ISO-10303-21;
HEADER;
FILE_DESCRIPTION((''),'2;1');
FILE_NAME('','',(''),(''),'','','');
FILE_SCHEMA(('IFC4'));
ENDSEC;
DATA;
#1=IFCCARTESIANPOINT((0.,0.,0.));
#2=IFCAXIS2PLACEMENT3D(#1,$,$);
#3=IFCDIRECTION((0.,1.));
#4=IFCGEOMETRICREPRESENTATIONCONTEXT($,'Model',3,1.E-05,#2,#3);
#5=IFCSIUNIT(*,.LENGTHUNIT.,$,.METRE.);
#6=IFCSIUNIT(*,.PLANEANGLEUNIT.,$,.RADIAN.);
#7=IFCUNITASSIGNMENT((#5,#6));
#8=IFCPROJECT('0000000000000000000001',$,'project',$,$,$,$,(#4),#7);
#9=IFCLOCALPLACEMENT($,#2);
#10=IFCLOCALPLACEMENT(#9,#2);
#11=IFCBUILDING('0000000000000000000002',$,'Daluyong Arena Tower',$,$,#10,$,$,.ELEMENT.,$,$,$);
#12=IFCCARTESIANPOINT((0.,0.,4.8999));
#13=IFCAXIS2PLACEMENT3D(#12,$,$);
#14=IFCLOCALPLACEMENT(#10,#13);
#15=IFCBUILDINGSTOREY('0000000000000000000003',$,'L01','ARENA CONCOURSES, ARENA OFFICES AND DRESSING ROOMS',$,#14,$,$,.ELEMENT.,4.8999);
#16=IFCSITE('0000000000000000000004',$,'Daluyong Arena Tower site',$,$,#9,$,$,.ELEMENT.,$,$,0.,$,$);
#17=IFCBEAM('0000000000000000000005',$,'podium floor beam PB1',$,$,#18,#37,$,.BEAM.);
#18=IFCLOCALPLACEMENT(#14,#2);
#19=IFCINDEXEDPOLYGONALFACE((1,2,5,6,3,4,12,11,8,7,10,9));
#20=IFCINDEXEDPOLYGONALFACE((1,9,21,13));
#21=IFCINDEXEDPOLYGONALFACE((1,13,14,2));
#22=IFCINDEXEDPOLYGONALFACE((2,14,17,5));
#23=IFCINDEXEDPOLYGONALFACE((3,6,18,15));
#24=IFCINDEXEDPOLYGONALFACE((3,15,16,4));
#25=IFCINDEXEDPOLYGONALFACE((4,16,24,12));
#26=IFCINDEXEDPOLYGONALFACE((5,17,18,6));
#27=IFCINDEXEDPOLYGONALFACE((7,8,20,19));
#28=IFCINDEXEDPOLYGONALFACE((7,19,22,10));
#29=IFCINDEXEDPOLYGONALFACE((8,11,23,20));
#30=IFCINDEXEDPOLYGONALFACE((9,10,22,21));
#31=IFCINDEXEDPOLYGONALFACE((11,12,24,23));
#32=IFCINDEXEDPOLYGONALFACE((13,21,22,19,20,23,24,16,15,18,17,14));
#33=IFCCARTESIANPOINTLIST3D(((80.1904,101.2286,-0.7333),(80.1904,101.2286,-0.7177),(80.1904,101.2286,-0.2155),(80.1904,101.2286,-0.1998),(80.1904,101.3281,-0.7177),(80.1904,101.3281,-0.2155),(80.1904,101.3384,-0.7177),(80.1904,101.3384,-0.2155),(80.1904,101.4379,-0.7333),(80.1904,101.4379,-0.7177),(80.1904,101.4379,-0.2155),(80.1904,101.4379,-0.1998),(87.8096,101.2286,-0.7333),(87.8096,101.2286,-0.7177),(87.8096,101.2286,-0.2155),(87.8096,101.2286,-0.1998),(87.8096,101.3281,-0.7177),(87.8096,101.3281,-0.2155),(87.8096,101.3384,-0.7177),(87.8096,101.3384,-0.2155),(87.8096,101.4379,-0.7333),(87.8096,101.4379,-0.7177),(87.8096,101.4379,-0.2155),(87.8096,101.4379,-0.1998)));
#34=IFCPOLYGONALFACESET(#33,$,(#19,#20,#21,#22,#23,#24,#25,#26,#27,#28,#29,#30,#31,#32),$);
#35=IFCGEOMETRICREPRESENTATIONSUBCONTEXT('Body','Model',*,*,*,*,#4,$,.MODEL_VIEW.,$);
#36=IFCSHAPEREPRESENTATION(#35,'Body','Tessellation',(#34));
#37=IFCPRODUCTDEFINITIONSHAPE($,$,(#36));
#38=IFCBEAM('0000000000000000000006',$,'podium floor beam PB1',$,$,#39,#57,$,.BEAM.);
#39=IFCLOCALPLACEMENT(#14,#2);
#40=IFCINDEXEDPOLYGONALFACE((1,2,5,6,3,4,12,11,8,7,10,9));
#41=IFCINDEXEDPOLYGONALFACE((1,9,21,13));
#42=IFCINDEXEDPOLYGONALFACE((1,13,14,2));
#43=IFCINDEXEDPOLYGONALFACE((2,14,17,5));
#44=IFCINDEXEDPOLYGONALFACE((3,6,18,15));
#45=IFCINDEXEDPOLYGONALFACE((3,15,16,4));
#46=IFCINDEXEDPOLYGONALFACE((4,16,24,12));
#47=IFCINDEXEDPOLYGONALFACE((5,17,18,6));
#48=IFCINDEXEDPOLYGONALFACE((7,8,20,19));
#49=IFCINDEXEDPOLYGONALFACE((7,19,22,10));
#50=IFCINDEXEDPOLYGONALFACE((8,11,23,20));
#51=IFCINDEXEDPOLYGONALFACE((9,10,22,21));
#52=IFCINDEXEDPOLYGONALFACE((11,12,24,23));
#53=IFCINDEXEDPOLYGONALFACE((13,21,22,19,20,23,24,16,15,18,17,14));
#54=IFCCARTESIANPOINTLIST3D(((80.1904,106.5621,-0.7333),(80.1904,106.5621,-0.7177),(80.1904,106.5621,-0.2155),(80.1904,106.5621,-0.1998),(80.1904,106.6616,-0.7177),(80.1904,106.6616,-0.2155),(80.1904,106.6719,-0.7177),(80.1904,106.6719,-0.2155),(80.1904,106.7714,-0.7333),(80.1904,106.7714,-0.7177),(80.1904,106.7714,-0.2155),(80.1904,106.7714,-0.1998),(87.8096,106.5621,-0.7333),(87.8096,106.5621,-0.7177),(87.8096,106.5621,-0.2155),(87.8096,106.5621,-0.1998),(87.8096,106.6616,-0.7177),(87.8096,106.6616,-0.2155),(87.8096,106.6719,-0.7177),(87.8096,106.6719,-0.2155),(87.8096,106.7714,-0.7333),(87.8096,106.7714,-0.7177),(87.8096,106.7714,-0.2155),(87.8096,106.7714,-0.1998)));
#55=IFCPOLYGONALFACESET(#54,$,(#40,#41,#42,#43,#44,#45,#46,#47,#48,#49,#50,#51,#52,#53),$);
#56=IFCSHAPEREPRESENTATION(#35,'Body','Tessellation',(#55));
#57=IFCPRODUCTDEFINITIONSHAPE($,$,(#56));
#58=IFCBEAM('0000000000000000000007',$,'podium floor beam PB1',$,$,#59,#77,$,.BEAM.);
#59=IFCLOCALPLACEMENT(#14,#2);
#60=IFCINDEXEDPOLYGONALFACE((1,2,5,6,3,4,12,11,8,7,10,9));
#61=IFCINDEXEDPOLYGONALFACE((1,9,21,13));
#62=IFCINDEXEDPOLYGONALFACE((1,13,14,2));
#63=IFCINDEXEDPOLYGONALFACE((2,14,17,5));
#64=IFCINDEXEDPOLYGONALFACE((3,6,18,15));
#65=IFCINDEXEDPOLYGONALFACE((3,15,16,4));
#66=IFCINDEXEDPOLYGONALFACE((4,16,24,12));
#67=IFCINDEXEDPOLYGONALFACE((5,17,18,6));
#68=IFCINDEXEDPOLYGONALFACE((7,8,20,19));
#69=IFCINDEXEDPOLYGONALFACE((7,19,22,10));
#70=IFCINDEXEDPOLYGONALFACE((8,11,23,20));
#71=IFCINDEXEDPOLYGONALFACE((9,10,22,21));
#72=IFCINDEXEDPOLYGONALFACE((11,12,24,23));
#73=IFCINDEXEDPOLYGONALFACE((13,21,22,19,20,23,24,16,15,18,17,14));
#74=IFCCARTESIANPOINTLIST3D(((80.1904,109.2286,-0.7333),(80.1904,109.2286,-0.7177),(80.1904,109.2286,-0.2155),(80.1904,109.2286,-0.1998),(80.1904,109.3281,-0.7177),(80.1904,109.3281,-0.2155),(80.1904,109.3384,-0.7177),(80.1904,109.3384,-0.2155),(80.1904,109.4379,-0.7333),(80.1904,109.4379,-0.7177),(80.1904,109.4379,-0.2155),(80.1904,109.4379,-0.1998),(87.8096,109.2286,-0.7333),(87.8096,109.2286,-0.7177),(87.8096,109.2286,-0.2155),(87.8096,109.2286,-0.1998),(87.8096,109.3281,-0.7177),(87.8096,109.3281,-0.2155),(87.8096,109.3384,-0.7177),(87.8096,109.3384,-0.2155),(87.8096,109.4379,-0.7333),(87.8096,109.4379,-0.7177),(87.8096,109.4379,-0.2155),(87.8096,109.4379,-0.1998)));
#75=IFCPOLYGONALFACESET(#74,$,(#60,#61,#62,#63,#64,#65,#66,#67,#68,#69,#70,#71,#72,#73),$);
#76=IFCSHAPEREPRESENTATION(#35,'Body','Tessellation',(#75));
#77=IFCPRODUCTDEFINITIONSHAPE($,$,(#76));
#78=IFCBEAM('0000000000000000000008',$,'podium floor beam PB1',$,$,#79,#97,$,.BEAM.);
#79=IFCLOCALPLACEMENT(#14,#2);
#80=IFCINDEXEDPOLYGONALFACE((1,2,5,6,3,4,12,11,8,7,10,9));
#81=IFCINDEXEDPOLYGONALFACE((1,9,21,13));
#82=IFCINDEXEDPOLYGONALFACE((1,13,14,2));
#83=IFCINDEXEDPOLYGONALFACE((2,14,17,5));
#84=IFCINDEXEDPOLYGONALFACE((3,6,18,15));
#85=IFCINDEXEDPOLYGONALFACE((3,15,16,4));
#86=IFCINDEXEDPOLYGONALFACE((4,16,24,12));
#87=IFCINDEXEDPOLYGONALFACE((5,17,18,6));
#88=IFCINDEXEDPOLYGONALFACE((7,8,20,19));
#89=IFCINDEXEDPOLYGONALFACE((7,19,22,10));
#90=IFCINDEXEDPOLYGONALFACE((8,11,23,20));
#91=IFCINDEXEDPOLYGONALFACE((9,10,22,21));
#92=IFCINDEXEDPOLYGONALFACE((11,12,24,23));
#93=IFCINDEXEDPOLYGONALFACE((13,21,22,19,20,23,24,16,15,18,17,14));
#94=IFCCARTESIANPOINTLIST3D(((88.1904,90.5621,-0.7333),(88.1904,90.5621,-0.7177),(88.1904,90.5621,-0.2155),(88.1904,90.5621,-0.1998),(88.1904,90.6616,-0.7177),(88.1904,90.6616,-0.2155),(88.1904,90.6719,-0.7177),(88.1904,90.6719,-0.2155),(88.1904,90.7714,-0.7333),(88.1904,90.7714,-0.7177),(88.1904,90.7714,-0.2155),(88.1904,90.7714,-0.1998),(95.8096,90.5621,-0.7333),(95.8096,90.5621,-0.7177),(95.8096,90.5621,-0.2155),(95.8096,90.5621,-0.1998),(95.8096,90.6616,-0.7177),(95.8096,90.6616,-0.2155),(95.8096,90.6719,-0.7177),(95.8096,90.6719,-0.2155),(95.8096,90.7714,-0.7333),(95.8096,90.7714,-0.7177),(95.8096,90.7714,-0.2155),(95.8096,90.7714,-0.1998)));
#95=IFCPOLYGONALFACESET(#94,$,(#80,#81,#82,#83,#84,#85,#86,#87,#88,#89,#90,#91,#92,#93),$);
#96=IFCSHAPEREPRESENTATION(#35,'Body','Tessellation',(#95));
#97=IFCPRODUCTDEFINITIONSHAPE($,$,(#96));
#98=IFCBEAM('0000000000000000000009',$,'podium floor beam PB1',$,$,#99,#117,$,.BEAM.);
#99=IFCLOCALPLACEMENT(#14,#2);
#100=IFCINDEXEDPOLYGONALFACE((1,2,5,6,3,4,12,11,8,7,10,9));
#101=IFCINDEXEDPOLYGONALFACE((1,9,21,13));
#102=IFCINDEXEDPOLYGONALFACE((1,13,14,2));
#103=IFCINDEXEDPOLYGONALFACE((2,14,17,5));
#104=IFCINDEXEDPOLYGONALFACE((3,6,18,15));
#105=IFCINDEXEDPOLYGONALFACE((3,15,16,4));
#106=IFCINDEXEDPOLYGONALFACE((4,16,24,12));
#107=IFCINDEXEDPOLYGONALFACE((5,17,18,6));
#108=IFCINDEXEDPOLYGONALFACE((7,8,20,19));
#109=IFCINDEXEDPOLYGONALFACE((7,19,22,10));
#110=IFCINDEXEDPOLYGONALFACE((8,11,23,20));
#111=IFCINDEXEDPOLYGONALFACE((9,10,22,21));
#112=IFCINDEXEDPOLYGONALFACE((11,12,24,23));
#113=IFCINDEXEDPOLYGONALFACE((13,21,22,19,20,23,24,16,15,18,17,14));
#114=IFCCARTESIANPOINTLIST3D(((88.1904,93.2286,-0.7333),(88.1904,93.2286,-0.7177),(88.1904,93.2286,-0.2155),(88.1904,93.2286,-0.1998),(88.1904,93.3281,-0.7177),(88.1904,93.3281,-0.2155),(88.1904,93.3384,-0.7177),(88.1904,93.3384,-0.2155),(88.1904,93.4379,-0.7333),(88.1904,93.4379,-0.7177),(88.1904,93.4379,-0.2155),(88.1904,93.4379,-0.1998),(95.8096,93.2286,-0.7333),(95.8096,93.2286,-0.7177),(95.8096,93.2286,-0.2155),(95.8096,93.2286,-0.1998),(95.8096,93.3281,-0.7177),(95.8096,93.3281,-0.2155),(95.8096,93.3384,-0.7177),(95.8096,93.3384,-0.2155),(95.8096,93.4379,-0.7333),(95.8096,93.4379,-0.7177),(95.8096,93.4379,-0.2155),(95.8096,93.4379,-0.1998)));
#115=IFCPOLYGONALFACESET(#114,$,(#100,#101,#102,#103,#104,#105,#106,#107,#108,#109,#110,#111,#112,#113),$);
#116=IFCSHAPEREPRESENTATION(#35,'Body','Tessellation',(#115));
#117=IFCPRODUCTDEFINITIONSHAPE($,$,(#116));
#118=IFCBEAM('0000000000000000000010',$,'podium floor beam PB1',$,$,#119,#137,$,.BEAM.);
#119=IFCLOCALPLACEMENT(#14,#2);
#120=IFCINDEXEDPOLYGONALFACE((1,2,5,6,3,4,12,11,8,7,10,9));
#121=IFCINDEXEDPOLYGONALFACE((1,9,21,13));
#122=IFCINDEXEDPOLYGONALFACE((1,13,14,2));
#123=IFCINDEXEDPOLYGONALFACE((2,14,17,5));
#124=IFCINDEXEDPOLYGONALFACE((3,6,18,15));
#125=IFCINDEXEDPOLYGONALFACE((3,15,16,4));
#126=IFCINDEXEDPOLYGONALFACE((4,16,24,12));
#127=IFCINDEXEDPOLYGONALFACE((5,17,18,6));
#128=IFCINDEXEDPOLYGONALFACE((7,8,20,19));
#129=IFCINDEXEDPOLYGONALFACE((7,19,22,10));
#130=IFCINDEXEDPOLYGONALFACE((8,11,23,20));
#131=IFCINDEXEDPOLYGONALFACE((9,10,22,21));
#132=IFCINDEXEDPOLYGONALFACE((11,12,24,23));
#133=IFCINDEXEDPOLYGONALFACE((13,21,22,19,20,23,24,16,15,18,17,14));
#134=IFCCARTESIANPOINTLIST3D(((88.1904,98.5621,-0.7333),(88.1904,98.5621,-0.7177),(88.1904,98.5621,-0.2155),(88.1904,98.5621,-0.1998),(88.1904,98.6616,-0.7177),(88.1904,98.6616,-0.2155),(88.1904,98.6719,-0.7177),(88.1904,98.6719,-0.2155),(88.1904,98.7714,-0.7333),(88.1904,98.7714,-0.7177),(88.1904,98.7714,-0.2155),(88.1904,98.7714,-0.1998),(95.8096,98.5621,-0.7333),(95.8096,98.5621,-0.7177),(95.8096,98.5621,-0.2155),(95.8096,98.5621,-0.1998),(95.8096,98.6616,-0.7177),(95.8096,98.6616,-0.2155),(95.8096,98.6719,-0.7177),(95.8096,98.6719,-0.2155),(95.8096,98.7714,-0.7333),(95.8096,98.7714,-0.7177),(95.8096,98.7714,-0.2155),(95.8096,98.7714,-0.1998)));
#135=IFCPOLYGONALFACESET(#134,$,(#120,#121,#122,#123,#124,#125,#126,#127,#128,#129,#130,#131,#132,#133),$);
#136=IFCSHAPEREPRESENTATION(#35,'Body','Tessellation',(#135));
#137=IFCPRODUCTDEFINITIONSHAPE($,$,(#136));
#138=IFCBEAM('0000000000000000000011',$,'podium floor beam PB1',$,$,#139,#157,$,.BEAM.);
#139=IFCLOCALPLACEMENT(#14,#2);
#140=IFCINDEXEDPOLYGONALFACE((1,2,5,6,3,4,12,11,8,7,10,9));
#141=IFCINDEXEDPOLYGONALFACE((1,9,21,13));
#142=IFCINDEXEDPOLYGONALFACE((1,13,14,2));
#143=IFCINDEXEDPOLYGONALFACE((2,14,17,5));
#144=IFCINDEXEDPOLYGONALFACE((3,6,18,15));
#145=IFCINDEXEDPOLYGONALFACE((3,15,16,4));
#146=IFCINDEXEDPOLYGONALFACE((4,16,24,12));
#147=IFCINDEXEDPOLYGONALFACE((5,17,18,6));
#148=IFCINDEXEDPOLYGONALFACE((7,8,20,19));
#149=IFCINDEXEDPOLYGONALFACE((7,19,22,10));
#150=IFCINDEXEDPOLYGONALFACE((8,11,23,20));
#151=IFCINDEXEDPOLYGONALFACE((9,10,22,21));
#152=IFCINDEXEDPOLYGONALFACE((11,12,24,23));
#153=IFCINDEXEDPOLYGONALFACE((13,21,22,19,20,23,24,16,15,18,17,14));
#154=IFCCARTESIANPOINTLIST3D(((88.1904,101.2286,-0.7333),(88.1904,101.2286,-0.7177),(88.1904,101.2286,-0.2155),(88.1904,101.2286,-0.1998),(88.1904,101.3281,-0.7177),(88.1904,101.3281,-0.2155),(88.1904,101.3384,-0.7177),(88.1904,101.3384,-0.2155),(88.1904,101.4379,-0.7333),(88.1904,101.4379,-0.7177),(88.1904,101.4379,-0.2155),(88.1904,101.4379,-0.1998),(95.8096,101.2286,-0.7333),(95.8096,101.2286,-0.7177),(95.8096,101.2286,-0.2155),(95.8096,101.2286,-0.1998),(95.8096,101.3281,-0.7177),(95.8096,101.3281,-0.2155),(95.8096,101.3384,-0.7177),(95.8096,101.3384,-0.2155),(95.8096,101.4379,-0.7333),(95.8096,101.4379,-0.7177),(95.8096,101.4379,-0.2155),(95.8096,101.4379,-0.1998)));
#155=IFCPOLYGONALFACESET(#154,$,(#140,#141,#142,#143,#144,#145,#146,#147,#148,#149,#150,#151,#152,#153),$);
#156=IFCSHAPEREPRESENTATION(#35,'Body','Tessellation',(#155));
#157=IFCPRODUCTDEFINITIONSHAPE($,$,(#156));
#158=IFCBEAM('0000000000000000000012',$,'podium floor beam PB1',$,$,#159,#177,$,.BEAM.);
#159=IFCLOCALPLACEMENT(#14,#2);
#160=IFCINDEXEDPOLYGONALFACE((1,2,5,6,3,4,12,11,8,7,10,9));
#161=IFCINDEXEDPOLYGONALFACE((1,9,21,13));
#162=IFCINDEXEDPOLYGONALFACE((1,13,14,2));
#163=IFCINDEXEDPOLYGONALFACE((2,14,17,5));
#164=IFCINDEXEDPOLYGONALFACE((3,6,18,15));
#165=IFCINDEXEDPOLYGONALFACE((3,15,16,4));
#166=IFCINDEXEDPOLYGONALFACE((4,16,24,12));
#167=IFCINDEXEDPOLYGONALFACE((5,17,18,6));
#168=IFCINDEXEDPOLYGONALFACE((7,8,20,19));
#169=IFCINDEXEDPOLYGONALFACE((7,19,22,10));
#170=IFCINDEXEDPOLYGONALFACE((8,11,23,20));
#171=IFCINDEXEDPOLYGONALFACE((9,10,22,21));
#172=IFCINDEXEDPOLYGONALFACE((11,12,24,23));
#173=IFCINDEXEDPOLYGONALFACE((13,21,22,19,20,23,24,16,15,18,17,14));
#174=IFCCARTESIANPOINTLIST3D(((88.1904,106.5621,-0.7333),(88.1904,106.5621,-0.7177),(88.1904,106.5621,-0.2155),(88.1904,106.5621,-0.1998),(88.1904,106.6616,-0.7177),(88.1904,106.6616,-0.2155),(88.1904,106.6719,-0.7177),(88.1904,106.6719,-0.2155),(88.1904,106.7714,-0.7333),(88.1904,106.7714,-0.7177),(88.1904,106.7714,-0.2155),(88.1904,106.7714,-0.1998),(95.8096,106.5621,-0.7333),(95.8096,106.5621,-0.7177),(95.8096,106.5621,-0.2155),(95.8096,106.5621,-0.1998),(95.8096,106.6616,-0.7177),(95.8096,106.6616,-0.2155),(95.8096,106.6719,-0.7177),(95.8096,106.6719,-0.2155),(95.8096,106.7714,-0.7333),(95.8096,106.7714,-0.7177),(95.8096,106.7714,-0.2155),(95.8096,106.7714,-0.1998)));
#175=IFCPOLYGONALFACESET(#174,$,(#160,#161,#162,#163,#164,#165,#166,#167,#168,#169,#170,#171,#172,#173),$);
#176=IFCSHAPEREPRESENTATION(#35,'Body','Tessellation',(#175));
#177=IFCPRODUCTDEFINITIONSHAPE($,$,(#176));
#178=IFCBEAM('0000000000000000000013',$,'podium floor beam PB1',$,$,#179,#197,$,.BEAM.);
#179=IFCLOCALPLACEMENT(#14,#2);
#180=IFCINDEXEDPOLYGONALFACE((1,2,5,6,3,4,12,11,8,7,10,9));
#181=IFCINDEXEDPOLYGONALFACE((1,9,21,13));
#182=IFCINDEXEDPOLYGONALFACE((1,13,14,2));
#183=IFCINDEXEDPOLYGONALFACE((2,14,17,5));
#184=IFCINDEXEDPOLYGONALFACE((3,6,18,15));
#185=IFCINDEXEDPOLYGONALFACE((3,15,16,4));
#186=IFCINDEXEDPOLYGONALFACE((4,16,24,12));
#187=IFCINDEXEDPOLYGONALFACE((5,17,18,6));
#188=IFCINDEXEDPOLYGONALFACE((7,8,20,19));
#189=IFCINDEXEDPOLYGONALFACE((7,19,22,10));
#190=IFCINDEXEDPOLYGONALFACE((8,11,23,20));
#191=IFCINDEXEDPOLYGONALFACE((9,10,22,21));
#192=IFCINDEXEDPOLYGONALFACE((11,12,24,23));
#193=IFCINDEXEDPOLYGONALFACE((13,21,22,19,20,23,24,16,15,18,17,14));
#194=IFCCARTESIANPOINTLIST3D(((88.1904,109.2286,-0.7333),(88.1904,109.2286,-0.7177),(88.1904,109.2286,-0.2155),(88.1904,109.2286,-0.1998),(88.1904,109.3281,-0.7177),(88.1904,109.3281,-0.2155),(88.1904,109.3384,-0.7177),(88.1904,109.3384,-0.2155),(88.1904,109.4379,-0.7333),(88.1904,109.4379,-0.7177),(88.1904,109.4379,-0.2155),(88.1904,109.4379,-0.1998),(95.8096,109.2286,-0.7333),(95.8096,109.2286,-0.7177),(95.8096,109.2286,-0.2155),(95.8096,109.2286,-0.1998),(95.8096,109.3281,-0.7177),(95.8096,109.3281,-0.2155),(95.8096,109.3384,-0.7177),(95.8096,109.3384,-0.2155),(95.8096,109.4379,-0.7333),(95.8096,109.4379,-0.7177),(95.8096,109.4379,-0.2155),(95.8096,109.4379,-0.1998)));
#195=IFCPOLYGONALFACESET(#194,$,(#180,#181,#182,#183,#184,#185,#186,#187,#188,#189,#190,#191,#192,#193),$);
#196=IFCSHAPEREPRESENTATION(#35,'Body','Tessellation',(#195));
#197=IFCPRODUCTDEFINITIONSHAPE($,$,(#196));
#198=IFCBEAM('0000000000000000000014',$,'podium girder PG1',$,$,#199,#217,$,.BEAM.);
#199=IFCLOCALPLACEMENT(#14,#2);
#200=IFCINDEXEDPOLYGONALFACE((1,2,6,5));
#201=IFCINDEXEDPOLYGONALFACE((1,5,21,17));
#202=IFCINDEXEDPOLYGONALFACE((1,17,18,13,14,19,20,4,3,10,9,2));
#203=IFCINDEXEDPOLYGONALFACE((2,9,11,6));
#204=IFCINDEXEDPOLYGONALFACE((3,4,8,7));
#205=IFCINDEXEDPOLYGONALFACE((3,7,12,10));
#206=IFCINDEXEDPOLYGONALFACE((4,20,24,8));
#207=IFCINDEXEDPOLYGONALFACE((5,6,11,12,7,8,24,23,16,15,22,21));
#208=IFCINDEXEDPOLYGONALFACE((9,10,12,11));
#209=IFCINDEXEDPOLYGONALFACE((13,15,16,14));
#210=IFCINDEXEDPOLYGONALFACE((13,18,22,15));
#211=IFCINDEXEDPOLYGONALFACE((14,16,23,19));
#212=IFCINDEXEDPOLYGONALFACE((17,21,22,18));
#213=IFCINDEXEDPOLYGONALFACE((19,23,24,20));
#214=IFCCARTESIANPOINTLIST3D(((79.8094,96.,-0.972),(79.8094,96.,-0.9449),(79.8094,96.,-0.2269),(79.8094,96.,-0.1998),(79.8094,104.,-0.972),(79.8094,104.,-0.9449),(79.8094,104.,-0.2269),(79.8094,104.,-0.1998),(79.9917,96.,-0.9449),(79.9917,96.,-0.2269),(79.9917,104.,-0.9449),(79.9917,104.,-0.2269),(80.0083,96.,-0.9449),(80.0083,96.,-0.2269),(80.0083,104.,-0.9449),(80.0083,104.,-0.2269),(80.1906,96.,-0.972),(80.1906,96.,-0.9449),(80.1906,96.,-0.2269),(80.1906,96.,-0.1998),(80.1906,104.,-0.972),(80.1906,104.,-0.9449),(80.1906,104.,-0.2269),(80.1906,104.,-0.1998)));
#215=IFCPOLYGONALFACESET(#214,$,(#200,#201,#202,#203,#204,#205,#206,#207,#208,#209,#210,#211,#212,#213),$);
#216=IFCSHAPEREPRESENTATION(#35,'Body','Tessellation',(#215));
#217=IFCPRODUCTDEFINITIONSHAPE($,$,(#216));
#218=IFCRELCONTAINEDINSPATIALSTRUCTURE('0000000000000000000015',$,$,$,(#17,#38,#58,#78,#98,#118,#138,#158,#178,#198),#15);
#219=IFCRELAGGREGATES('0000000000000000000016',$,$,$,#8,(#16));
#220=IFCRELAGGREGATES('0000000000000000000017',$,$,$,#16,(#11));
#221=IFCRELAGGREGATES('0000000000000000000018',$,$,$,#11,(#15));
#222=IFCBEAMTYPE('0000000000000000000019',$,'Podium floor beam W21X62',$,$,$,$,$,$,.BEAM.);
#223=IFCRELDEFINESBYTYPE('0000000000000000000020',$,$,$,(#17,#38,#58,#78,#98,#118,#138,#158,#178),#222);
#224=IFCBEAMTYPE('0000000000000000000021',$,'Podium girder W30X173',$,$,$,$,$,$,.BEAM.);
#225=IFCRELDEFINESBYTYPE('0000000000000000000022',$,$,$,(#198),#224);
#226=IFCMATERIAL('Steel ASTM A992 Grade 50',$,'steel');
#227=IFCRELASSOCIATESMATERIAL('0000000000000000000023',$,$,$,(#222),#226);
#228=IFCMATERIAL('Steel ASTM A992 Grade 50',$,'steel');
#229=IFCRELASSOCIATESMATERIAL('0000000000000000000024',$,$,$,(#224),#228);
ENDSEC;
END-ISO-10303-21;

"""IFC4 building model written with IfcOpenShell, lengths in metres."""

from ifc_helpers import new_model, si_unit, direction, frame, origin, origin_2d, place, context, subcontext, project, spatial, i_section, extrude, material, material_profile, profile_set, type_object, element, save


model = new_model("IFC4")

# Units and contexts
model_context = context("Model", 3, precision=1e-05, world=origin(), true_north=direction((0.0, 1.0)))
body_context = subcontext(model_context, "Body", "Model", "MODEL_VIEW")
ifc_project = project(units=[si_unit("LENGTHUNIT", "METRE"), si_unit("PLANEANGLEUNIT", "RADIAN")], contexts=[model_context])

# Site, building, storey
site_placement = place(None, origin())
site = spatial("IfcSite", under=ifc_project, at=site_placement, Name="Daluyong Arena Tower site", CompositionType="ELEMENT", RefElevation=0.0)
building_placement = place(site_placement, origin())
building = spatial("IfcBuilding", under=site, at=building_placement, Name="Daluyong Arena Tower", CompositionType="ELEMENT")
storey_placement = place(building_placement, frame((0.0, 0.0, 4.8999)))
storey = spatial("IfcBuildingStorey", under=building, at=storey_placement, Name="L01", Description="ARENA CONCOURSES, ARENA OFFICES AND DRESSING ROOMS", CompositionType="ELEMENT", Elevation=4.8999)

# Beams
ifc_material_1 = material(Name="Steel ASTM A992 Grade 50", Category="steel")
ifc_material_profile_1 = material_profile(ifc_material_1, i_section(OverallWidth=0.2092, OverallDepth=0.5334, WebThickness=0.0103, FlangeThickness=0.0156, at=origin_2d()))
ifc_profile_set_1 = profile_set([ifc_material_profile_1], Name="Steel ASTM A992 Grade 50")
beam_type_1 = type_object("IfcBeamType", Name="Podium floor beam W21X62", PredefinedType="BEAM", material=ifc_profile_set_1)
for number, where, z_axis, x_axis, name in (
    (1, (80.1904, 101.3333, -0.4666), (1.0, 0.0, 0.0), (0.0, 1.0, 0.0), "podium floor beam PB1"),
    (2, (80.1904, 106.6667, -0.4666), (1.0, 0.0, 0.0), (0.0, 1.0, 0.0), "podium floor beam PB1"),
    (3, (80.1904, 109.3333, -0.4666), (1.0, 0.0, 0.0), (0.0, 1.0, 0.0), "podium floor beam PB1"),
    (4, (88.1904, 90.6667, -0.4666), (1.0, 0.0, 0.0), (0.0, 1.0, 0.0), "podium floor beam PB1"),
    (5, (88.1904, 93.3333, -0.4666), (1.0, 0.0, 0.0), (0.0, 1.0, 0.0), "podium floor beam PB1"),
    (6, (88.1904, 98.6667, -0.4666), (1.0, 0.0, 0.0), (0.0, 1.0, 0.0), "podium floor beam PB1"),
    (7, (88.1904, 101.3333, -0.4666), (1.0, 0.0, 0.0), (0.0, 1.0, 0.0), "podium floor beam PB1"),
    (8, (88.1904, 106.6667, -0.4666), (1.0, 0.0, 0.0), (0.0, 1.0, 0.0), "podium floor beam PB1"),
    (9, (88.1904, 109.3333, -0.4666), (1.0, 0.0, 0.0), (0.0, 1.0, 0.0), "podium floor beam PB1"),
):
    element("IfcBeam", number, at=place(storey_placement, frame(where, z_axis=z_axis, x_axis=x_axis)), inside=storey, type_object=beam_type_1, Name=name, PredefinedType="BEAM", context=body_context, shape_type="SweptSolid", body=[
        extrude(i_section(OverallWidth=0.2092, OverallDepth=0.5334, WebThickness=0.0103, FlangeThickness=0.0156, at=origin_2d()), origin(), (0.0, 0.0, 1.0), 7.6191),
    ])
ifc_material_2 = material(Name="Steel ASTM A992 Grade 50", Category="steel")
ifc_material_profile_2 = material_profile(ifc_material_2, i_section(OverallWidth=0.3811, OverallDepth=0.7722, WebThickness=0.0166, FlangeThickness=0.0271, at=origin_2d()))
ifc_profile_set_2 = profile_set([ifc_material_profile_2], Name="Steel ASTM A992 Grade 50")
beam_type_2 = type_object("IfcBeamType", Name="Podium girder W30X173", PredefinedType="BEAM", material=ifc_profile_set_2)
for number, where, z_axis, x_axis, name in (
    (10, (80.0, 96.0, -0.5859), (0.0, 1.0, 0.0), (-1.0, 0.0, 0.0), "podium girder PG1"),
):
    element("IfcBeam", number, at=place(storey_placement, frame(where, z_axis=z_axis, x_axis=x_axis)), inside=storey, type_object=beam_type_2, Name=name, PredefinedType="BEAM", context=body_context, shape_type="SweptSolid", body=[
        extrude(i_section(OverallWidth=0.3811, OverallDepth=0.7722, WebThickness=0.0166, FlangeThickness=0.0271, at=origin_2d()), origin(), (0.0, 0.0, 1.0), 8.0),
    ])

save(model, "model.ifc")
